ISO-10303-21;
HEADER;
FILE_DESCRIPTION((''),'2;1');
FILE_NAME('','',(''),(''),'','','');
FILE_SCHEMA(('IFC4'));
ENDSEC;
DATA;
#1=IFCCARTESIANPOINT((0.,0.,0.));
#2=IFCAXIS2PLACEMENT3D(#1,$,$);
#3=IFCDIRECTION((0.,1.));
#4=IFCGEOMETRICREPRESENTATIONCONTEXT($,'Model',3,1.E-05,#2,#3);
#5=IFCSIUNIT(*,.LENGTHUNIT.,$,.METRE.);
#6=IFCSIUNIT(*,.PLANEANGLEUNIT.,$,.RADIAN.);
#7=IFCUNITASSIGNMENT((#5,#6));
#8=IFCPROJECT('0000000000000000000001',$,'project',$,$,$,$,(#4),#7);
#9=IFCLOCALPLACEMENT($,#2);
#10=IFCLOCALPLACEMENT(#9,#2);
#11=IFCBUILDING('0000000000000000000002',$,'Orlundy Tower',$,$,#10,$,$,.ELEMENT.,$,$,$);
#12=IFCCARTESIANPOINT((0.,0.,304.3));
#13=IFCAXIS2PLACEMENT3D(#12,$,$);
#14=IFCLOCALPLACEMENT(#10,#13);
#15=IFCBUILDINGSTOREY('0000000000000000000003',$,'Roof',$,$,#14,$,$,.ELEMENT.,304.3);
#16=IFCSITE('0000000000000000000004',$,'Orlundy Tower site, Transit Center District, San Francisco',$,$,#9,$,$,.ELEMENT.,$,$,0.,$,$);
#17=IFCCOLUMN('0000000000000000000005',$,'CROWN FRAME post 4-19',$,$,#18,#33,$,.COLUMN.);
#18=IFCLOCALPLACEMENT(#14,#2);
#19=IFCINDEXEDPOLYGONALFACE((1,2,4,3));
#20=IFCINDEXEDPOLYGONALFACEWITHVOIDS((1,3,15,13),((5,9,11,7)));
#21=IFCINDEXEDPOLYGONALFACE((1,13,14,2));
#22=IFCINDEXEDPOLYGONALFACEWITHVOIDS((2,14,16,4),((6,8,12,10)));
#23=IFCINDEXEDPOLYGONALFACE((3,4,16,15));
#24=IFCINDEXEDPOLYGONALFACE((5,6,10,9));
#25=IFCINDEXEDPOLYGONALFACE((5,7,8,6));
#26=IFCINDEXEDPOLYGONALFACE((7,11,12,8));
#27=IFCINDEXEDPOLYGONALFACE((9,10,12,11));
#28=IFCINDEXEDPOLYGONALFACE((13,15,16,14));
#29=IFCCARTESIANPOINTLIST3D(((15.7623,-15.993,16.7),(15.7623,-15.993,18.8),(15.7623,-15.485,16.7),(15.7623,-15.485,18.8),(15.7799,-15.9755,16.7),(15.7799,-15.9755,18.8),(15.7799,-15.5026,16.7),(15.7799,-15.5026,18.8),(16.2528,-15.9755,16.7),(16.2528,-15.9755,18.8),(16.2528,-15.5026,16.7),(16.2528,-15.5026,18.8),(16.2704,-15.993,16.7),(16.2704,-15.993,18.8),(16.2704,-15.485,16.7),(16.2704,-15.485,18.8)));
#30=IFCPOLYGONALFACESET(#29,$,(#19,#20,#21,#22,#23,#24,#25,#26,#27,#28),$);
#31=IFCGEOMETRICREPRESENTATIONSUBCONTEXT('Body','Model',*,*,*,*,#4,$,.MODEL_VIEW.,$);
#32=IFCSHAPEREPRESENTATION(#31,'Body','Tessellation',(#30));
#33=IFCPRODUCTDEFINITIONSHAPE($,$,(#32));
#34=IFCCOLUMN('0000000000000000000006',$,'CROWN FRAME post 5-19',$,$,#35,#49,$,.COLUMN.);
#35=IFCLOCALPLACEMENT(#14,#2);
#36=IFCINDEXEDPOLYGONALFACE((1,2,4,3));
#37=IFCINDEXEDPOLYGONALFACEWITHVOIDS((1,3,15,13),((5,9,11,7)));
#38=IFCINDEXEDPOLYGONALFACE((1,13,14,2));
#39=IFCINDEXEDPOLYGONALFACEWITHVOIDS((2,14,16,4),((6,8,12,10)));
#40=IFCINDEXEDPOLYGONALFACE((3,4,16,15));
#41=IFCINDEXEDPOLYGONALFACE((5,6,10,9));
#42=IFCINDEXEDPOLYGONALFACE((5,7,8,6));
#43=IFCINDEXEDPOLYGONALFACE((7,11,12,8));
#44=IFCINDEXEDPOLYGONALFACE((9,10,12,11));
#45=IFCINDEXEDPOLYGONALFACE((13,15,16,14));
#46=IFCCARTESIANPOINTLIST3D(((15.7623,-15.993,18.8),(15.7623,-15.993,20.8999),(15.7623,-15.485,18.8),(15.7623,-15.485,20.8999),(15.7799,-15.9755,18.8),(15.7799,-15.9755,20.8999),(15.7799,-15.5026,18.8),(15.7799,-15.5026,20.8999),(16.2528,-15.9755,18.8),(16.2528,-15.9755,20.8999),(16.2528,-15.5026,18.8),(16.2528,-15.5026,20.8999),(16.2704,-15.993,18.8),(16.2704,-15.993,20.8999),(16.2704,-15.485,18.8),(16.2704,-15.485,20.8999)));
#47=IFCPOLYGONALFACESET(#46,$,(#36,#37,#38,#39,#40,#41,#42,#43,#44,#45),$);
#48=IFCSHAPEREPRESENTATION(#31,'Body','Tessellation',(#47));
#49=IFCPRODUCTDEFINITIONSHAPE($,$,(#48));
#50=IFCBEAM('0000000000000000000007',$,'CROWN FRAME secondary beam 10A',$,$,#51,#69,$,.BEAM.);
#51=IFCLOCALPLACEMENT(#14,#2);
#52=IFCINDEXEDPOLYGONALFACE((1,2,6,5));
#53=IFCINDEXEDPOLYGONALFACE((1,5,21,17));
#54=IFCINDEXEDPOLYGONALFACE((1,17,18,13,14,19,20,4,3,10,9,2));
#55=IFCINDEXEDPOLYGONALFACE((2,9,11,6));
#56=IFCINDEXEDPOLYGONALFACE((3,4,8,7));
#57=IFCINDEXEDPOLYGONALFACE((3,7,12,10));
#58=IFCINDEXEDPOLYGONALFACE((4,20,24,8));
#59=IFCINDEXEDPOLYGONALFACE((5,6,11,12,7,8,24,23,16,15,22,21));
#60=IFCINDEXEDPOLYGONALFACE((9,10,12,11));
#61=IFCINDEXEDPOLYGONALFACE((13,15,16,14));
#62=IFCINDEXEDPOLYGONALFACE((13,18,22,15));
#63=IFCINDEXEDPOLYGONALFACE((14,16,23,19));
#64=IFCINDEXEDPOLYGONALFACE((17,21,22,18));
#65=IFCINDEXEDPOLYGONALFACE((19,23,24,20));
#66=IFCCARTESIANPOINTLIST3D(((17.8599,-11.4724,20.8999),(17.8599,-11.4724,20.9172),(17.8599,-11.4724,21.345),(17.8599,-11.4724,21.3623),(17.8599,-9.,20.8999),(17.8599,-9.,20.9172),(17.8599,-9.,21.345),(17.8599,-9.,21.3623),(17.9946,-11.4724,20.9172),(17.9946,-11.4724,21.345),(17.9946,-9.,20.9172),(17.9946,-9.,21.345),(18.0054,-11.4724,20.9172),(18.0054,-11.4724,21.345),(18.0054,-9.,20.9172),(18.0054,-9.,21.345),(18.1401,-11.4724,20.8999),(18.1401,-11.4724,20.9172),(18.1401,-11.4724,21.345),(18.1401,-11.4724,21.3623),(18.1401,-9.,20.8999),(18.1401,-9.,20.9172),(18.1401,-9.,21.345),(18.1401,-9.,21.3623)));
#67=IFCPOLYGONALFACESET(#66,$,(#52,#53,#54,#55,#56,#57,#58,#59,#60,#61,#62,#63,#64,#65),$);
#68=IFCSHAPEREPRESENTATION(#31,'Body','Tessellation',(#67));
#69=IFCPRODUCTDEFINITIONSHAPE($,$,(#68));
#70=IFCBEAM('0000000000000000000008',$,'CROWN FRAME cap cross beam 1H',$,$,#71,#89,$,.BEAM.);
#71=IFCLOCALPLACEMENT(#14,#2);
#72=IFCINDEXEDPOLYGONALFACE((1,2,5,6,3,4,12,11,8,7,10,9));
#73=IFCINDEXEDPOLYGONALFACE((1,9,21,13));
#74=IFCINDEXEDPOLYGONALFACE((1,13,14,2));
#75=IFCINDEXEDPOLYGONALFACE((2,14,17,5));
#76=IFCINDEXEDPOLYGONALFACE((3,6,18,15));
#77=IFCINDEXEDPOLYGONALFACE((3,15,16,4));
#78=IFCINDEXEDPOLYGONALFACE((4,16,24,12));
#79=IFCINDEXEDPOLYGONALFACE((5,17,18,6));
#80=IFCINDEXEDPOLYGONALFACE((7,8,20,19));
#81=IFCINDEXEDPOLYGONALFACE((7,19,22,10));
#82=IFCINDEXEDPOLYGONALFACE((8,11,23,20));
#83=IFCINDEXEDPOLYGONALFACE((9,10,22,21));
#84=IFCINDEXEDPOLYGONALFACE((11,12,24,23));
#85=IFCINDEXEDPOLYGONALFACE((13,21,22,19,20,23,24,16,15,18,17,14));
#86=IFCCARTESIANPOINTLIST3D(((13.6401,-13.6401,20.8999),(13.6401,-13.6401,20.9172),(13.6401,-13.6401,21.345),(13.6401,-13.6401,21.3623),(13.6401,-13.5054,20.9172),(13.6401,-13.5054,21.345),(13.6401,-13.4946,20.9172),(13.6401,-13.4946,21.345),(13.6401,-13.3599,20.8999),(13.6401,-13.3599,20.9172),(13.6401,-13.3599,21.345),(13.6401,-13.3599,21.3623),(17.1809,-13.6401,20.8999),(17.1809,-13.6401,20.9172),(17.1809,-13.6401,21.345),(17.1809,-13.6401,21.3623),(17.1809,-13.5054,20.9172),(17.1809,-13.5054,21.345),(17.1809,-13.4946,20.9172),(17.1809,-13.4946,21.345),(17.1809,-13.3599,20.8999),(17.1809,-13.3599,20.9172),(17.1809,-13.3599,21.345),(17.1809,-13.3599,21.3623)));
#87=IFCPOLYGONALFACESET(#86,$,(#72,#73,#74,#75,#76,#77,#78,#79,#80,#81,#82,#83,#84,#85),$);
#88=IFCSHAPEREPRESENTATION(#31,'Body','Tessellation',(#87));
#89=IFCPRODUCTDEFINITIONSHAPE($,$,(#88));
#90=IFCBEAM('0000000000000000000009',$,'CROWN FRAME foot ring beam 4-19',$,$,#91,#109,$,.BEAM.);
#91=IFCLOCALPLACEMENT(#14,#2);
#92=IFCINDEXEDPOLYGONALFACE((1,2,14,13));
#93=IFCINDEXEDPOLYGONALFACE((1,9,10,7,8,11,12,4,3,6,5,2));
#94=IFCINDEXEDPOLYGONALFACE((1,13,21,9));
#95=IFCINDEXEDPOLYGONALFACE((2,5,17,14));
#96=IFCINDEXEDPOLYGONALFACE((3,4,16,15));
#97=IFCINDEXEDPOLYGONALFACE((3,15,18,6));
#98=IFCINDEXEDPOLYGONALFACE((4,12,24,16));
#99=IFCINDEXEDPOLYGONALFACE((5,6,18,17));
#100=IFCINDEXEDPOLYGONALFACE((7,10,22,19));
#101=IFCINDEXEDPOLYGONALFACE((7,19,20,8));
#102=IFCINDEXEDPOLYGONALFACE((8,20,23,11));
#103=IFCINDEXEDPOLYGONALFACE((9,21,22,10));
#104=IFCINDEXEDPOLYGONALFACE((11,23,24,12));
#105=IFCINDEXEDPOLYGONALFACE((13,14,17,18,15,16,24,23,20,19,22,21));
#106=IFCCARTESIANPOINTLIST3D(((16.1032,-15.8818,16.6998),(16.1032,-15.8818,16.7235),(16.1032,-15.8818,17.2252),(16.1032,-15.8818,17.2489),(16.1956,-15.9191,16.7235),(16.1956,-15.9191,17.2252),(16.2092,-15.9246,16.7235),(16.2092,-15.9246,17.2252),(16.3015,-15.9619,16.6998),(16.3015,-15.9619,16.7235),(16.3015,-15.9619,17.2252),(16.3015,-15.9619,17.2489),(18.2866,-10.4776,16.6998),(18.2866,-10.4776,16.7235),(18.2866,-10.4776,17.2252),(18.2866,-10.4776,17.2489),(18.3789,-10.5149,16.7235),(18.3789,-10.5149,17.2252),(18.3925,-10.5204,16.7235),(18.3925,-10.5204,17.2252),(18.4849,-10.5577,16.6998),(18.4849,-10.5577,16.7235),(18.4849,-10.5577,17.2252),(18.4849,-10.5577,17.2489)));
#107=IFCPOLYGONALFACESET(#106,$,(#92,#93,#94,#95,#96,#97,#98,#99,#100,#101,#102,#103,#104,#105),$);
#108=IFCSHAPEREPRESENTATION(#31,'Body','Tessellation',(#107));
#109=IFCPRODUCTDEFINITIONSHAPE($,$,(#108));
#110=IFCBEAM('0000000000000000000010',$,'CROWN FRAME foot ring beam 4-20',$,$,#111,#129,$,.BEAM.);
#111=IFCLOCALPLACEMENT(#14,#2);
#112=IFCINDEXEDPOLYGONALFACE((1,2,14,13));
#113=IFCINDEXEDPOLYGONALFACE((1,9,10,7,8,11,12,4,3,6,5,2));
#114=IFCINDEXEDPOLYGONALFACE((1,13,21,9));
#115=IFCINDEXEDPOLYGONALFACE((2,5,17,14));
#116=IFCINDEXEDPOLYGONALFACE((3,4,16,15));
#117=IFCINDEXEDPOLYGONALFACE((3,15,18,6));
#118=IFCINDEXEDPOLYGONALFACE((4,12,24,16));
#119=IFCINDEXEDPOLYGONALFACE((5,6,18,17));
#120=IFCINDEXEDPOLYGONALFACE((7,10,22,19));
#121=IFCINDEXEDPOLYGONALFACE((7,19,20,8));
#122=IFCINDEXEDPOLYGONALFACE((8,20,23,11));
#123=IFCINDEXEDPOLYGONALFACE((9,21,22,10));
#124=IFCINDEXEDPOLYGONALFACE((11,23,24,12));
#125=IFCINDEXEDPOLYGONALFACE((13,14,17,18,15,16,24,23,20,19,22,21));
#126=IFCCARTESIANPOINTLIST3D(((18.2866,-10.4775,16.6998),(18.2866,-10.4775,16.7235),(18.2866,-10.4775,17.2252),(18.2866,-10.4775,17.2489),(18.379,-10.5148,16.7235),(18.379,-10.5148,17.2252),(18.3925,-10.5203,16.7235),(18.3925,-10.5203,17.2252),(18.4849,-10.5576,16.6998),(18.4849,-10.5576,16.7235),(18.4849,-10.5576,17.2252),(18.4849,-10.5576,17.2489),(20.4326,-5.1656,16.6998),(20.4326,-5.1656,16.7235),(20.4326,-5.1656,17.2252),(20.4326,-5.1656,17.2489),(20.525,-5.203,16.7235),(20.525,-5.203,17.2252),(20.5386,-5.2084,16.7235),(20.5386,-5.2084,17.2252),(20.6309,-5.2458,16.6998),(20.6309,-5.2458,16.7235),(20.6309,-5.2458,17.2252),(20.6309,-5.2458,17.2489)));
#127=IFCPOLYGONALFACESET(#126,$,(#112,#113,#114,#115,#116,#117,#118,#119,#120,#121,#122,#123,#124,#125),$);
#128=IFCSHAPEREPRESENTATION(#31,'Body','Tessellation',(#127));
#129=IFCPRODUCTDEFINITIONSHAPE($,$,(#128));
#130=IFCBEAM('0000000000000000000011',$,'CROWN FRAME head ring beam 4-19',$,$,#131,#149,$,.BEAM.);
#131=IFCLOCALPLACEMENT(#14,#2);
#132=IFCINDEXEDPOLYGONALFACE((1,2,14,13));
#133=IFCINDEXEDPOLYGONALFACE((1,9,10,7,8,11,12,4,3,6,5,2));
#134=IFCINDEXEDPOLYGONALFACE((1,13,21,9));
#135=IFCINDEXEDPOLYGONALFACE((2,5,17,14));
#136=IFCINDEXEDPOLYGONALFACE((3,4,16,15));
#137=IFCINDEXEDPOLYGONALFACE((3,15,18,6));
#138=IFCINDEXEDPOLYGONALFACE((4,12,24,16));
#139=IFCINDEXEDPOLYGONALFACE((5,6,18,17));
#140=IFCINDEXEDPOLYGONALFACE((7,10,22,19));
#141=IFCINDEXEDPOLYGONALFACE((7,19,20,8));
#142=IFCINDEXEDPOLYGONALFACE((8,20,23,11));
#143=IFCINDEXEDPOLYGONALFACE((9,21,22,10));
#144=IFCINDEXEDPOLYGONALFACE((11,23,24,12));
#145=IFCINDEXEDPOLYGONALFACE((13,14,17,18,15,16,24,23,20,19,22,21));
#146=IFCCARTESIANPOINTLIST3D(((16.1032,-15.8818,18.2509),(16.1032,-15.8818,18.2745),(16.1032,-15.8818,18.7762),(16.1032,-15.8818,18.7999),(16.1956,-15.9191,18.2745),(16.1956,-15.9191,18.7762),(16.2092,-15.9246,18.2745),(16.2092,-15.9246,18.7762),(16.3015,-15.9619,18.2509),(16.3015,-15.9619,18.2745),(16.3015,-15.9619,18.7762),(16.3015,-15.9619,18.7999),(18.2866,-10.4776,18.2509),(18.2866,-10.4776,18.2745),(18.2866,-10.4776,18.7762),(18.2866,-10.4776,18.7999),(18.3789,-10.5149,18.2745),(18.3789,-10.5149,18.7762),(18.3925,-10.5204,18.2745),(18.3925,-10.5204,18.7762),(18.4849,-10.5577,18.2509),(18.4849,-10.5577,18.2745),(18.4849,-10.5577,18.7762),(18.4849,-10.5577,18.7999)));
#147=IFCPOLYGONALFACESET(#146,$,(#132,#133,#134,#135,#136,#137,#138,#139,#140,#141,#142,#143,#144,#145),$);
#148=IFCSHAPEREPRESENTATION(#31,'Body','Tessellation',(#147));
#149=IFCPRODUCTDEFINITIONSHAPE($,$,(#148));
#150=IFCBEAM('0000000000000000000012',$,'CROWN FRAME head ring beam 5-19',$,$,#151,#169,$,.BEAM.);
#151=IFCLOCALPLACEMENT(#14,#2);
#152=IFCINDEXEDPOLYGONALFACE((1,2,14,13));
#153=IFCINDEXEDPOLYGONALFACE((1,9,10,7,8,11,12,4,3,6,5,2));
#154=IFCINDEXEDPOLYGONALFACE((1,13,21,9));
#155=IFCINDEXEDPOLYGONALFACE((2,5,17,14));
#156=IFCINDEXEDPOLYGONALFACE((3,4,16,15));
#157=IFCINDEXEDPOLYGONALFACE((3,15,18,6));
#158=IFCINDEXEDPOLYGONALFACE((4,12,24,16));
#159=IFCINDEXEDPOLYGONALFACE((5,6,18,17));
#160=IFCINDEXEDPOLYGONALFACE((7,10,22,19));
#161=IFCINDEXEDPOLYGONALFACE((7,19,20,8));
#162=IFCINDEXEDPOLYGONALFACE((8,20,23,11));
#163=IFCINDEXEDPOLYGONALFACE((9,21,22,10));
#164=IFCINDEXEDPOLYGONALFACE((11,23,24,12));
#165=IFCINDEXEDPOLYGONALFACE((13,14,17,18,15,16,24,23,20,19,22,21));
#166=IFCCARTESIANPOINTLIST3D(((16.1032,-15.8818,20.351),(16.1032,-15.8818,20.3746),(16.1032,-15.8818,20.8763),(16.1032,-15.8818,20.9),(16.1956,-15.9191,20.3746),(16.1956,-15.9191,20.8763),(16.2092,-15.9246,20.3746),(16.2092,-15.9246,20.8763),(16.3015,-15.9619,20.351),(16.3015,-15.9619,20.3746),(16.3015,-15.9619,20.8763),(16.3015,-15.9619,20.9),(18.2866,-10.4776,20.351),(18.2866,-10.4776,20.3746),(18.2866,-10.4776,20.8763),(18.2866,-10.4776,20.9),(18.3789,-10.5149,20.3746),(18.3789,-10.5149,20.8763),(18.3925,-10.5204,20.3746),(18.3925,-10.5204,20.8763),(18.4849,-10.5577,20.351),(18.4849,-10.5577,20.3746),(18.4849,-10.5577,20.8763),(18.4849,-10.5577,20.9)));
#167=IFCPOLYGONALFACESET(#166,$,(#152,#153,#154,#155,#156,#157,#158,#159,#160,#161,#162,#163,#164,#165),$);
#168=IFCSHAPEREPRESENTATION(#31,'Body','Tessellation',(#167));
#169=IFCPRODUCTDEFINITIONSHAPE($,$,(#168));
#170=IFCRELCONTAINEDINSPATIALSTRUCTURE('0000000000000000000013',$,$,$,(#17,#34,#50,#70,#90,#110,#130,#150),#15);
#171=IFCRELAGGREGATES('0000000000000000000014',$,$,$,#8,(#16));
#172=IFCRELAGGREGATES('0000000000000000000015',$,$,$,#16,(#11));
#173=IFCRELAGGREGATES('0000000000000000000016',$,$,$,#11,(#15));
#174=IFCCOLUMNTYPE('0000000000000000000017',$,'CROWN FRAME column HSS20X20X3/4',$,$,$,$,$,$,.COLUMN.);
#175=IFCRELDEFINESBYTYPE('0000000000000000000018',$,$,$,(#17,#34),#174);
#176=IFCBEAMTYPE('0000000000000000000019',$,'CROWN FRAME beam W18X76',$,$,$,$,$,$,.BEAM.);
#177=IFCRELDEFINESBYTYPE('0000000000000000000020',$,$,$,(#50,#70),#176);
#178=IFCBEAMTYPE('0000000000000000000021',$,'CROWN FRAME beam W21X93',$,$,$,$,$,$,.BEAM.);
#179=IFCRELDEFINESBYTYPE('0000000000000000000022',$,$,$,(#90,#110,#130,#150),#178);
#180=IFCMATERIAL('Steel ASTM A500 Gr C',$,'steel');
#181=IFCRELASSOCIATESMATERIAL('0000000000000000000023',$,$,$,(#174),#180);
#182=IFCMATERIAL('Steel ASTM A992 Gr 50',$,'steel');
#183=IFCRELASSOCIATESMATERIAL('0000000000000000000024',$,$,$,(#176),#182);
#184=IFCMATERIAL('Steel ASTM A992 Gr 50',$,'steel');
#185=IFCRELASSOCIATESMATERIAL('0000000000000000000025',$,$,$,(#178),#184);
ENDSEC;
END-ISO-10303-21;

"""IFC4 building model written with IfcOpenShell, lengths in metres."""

from ifc_helpers import new_model, si_unit, direction, frame, origin, origin_2d, place, context, subcontext, project, spatial, hollow_rectangle, i_section, extrude, material, material_profile, profile_set, type_object, element, save


model = new_model("IFC4")

# Units and contexts
model_context = context("Model", 3, precision=1e-05, world=origin(), true_north=direction((0.0, 1.0)))
body_context = subcontext(model_context, "Body", "Model", "MODEL_VIEW")
ifc_project = project(units=[si_unit("LENGTHUNIT", "METRE"), si_unit("PLANEANGLEUNIT", "RADIAN")], contexts=[model_context])

# Site, building, storey
site_placement = place(None, origin())
site = spatial("IfcSite", under=ifc_project, at=site_placement, Name="Orlundy Tower site, Transit Center District, San Francisco", CompositionType="ELEMENT", RefElevation=0.0)
building_placement = place(site_placement, origin())
building = spatial("IfcBuilding", under=site, at=building_placement, Name="Orlundy Tower", CompositionType="ELEMENT")
storey_placement = place(building_placement, frame((0.0, 0.0, 304.3)))
storey = spatial("IfcBuildingStorey", under=building, at=storey_placement, Name="Roof", CompositionType="ELEMENT", Elevation=304.3)

# Columns
ifc_material_1 = material(Name="Steel ASTM A500 Gr C", Category="steel")
ifc_material_profile_1 = material_profile(ifc_material_1, hollow_rectangle(XDim=0.5081, YDim=0.5081, WallThickness=0.0176, at=origin_2d()), Name="HSS20X20X3/4")
ifc_profile_set_1 = profile_set([ifc_material_profile_1], Name="Steel ASTM A500 Gr C")
column_type = type_object("IfcColumnType", Name="CROWN FRAME column HSS20X20X3/4", PredefinedType="COLUMN", material=ifc_profile_set_1)
column_1_placement = place(storey_placement, frame((16.0164, -15.739, 16.7), z_axis=(0.0, 0.0, 1.0), x_axis=(1.0, 0.0, 0.0)))
element("IfcColumn", 1, at=column_1_placement, inside=storey, type_object=column_type, Name="CROWN FRAME post 4-19", PredefinedType="COLUMN", context=body_context, shape_type="SweptSolid", body=[
    extrude(hollow_rectangle(XDim=0.5081, YDim=0.5081, WallThickness=0.0176, at=origin_2d()), origin(), (0.0, 0.0, 1.0), 2.1001),
])
column_2_placement = place(storey_placement, frame((16.0164, -15.739, 18.8), z_axis=(0.0, 0.0, 1.0), x_axis=(1.0, 0.0, 0.0)))
element("IfcColumn", 2, at=column_2_placement, inside=storey, type_object=column_type, Name="CROWN FRAME post 5-19", PredefinedType="COLUMN", context=body_context, shape_type="SweptSolid", body=[
    extrude(hollow_rectangle(XDim=0.5081, YDim=0.5081, WallThickness=0.0176, at=origin_2d()), origin(), (0.0, 0.0, 1.0), 2.0999),
])

# Beams
ifc_material_2 = material(Name="Steel ASTM A992 Gr 50", Category="steel")
ifc_material_profile_2 = material_profile(ifc_material_2, i_section(OverallWidth=0.2803, OverallDepth=0.4624, WebThickness=0.0107, FlangeThickness=0.0173, at=origin_2d()), Name="W18X76")
ifc_profile_set_2 = profile_set([ifc_material_profile_2], Name="Steel ASTM A992 Gr 50")
beam_type_1 = type_object("IfcBeamType", Name="CROWN FRAME beam W18X76", PredefinedType="BEAM", material=ifc_profile_set_2)
beam_1_placement = place(storey_placement, frame((18.0, -11.4724, 21.1311), z_axis=(0.0, 1.0, 0.0), x_axis=(-1.0, 0.0, 0.0)))
element("IfcBeam", 3, at=beam_1_placement, inside=storey, type_object=beam_type_1, Name="CROWN FRAME secondary beam 10A", PredefinedType="BEAM", context=body_context, shape_type="SweptSolid", body=[
    extrude(i_section(OverallWidth=0.2803, OverallDepth=0.4624, WebThickness=0.0107, FlangeThickness=0.0173, at=origin_2d()), origin(), (0.0, 0.0, 1.0), 2.4724),
])
beam_2_placement = place(storey_placement, frame((13.6401, -13.5, 21.1311), z_axis=(1.0, 0.0, 0.0), x_axis=(0.0, 1.0, 0.0)))
element("IfcBeam", 4, at=beam_2_placement, inside=storey, type_object=beam_type_1, Name="CROWN FRAME cap cross beam 1H", PredefinedType="BEAM", context=body_context, shape_type="SweptSolid", body=[
    extrude(i_section(OverallWidth=0.2803, OverallDepth=0.4624, WebThickness=0.0107, FlangeThickness=0.0173, at=origin_2d()), origin(), (0.0, 0.0, 1.0), 3.5408),
])
ifc_material_3 = material(Name="Steel ASTM A992 Gr 50", Category="steel")
ifc_material_profile_3 = material_profile(ifc_material_3, i_section(OverallWidth=0.2139, OverallDepth=0.5491, WebThickness=0.0146, FlangeThickness=0.0237, at=origin_2d()), Name="W21X93")
ifc_profile_set_3 = profile_set([ifc_material_profile_3], Name="Steel ASTM A992 Gr 50")
beam_type_2 = type_object("IfcBeamType", Name="CROWN FRAME beam W21X93", PredefinedType="BEAM", material=ifc_profile_set_3)
beam_3_placement = place(storey_placement, frame((16.2024, -15.9219, 16.9744), z_axis=(0.374588, 0.927191, 0.0), x_axis=(-0.927191, 0.374588, 0.0)))
element("IfcBeam", 5, at=beam_3_placement, inside=storey, type_object=beam_type_2, Name="CROWN FRAME foot ring beam 4-19", PredefinedType="BEAM", context=body_context, shape_type="SweptSolid", body=[
    extrude(i_section(OverallWidth=0.2139, OverallDepth=0.5491, WebThickness=0.0146, FlangeThickness=0.0237, at=origin_2d()), origin(), (0.0, 0.0, 1.0), 5.8286),
])
beam_4_placement = place(storey_placement, frame((18.3857, -10.5176, 16.9744), z_axis=(0.374592, 0.92719, 0.0), x_axis=(-0.92719, 0.374592, 0.0)))
element("IfcBeam", 6, at=beam_4_placement, inside=storey, type_object=beam_type_2, Name="CROWN FRAME foot ring beam 4-20", PredefinedType="BEAM", context=body_context, shape_type="SweptSolid", body=[
    extrude(i_section(OverallWidth=0.2139, OverallDepth=0.5491, WebThickness=0.0146, FlangeThickness=0.0237, at=origin_2d()), origin(), (0.0, 0.0, 1.0), 5.729),
])
for number, where, z_axis, x_axis, name in (
    (7, (16.2024, -15.9219, 18.5254), (0.374588, 0.927191, 0.0), (-0.927191, 0.374588, 0.0), "CROWN FRAME head ring beam 4-19"),
    (8, (16.2024, -15.9219, 20.6255), (0.374588, 0.927191, 0.0), (-0.927191, 0.374588, 0.0), "CROWN FRAME head ring beam 5-19"),
):
    element("IfcBeam", number, at=place(storey_placement, frame(where, z_axis=z_axis, x_axis=x_axis)), inside=storey, type_object=beam_type_2, Name=name, PredefinedType="BEAM", context=body_context, shape_type="SweptSolid", body=[
        extrude(i_section(OverallWidth=0.2139, OverallDepth=0.5491, WebThickness=0.0146, FlangeThickness=0.0237, at=origin_2d()), origin(), (0.0, 0.0, 1.0), 5.8286),
    ])

save(model, "model.ifc")
